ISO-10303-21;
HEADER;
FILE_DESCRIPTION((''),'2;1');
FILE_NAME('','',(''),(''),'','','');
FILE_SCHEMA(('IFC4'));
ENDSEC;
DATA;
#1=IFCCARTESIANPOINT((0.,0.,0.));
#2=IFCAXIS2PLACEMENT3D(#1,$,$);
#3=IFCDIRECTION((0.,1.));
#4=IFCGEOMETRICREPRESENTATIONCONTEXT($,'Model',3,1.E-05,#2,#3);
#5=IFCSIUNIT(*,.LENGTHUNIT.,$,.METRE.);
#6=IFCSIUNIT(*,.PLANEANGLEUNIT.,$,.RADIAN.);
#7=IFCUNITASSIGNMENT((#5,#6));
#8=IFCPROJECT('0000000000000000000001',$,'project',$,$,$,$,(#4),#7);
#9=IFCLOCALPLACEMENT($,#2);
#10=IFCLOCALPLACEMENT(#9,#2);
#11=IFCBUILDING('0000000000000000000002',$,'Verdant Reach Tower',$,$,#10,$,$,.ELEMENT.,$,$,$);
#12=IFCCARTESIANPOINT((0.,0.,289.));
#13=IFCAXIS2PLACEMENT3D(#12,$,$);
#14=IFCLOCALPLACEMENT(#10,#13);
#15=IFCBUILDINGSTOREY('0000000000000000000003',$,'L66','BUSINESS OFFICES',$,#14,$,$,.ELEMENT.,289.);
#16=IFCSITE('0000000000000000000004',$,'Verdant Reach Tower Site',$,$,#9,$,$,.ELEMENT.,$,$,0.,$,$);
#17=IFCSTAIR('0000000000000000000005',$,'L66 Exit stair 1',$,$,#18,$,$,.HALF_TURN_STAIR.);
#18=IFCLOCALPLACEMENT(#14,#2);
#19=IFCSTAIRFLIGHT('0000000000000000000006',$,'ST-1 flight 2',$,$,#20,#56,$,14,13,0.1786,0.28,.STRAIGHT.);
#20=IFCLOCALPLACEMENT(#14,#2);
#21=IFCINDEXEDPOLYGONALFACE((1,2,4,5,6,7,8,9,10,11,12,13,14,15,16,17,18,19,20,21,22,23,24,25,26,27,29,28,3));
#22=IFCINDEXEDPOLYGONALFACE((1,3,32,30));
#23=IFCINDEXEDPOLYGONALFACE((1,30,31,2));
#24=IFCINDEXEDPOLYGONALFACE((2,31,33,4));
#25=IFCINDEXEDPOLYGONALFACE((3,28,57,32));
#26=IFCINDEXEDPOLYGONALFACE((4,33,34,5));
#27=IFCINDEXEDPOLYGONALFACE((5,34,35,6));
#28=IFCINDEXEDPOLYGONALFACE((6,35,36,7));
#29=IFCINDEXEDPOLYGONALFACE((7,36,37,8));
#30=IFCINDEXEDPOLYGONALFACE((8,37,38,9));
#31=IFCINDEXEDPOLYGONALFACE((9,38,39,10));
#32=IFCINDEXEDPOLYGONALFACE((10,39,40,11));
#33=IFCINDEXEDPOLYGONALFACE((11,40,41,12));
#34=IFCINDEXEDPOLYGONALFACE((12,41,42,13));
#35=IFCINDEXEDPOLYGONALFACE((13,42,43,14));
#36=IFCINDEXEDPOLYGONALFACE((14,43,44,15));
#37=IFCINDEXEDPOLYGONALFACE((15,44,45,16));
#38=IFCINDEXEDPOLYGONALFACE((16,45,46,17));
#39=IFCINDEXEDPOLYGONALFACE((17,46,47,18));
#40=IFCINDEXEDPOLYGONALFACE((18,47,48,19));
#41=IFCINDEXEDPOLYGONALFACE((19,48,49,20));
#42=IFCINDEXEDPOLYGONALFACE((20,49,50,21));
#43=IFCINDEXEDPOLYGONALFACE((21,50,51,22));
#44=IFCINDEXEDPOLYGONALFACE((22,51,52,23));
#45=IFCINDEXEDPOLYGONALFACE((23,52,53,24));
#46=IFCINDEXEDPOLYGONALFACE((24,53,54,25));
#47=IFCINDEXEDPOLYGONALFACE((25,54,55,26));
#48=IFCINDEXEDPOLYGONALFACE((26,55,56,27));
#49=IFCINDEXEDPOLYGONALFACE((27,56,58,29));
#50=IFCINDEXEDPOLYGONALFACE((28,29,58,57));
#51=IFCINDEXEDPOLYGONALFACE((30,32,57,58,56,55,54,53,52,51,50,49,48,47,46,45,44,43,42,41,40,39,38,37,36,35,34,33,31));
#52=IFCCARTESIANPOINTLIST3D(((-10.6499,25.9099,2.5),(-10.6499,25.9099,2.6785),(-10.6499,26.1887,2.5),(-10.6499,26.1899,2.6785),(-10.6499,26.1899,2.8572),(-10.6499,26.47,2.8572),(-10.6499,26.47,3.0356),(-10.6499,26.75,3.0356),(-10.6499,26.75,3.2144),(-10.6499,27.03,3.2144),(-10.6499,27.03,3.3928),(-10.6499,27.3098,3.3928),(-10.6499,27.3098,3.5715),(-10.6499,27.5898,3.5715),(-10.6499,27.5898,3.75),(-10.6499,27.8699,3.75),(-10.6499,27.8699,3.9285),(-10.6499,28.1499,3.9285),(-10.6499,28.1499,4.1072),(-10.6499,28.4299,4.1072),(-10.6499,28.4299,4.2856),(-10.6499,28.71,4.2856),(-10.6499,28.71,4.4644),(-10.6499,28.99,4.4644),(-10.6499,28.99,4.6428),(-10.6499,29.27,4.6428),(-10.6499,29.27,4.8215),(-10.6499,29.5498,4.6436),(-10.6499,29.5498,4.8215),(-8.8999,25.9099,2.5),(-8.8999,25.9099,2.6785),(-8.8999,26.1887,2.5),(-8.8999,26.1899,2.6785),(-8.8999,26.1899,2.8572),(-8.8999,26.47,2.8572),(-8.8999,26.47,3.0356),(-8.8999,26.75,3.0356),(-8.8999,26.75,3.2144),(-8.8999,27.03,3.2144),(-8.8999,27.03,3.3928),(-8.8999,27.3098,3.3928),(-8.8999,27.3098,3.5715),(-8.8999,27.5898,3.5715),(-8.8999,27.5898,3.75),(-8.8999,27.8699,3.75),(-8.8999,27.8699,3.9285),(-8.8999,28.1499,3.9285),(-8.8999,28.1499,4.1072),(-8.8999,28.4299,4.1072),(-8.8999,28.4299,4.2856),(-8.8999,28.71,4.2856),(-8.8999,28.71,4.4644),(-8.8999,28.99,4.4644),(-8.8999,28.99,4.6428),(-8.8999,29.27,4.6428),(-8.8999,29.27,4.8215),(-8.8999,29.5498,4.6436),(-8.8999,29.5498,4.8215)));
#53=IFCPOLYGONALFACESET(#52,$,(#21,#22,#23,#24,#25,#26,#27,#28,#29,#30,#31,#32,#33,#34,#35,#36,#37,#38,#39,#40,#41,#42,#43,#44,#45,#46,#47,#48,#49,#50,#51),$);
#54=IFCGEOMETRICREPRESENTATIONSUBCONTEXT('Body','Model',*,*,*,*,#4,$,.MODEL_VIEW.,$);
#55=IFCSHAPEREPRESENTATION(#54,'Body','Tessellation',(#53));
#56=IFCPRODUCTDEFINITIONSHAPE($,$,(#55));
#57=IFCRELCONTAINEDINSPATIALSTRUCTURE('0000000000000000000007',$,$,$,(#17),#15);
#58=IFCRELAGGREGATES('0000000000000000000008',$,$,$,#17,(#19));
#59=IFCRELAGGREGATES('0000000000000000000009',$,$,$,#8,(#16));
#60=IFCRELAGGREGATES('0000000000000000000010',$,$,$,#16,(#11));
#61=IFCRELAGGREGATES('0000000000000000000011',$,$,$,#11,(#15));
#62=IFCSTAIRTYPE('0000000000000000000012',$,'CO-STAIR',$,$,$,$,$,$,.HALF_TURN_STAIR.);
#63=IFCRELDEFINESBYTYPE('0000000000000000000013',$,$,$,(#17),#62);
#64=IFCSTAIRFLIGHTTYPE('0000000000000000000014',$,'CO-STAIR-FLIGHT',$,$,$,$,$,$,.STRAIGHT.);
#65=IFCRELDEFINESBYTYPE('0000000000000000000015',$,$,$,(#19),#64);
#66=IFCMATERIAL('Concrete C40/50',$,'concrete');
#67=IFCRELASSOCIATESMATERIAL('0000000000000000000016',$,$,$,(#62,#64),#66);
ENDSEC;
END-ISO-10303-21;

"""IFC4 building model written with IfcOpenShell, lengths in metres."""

from ifc_helpers import new_model, si_unit, direction, frame, origin, place, context, subcontext, project, spatial, polyline, outline, extrude, material, type_object, element, aggregate, save


model = new_model("IFC4")

# Units and contexts
model_context = context("Model", 3, precision=1e-05, world=origin(), true_north=direction((0.0, 1.0)))
body_context = subcontext(model_context, "Body", "Model", "MODEL_VIEW")
ifc_project = project(units=[si_unit("LENGTHUNIT", "METRE"), si_unit("PLANEANGLEUNIT", "RADIAN")], contexts=[model_context])

# Site, building, storey
site_placement = place(None, origin())
site = spatial("IfcSite", under=ifc_project, at=site_placement, Name="Verdant Reach Tower Site", CompositionType="ELEMENT", RefElevation=0.0)
building_placement = place(site_placement, origin())
building = spatial("IfcBuilding", under=site, at=building_placement, Name="Verdant Reach Tower", CompositionType="ELEMENT")
storey_placement = place(building_placement, frame((0.0, 0.0, 289.0)))
storey = spatial("IfcBuildingStorey", under=building, at=storey_placement, Name="L66", Description="BUSINESS OFFICES", CompositionType="ELEMENT", Elevation=289.0)

# Shared definitions
ifc_material_1 = material(Name="Concrete C40/50", Category="concrete")

# Stair, stair flight
stair_type = type_object("IfcStairType", Name="CO-STAIR", PredefinedType="HALF_TURN_STAIR", material=ifc_material_1)
stair_placement = place(storey_placement, origin())
stair = element("IfcStair", 1, at=stair_placement, inside=storey, type_object=stair_type, Name="L66 Exit stair 1", PredefinedType="HALF_TURN_STAIR")
stair_flight_type = type_object("IfcStairFlightType", Name="CO-STAIR-FLIGHT", PredefinedType="STRAIGHT", material=ifc_material_1)
stair_flight_placement = place(storey_placement, frame((-9.7749, 25.9099, 2.5), z_axis=(0.0, 0.0, 1.0), x_axis=(0.0, 1.0, 0.0)))
stair_flight = element("IfcStairFlight", 2, at=stair_flight_placement, type_object=stair_flight_type, Name="ST-1 flight 2", NumberOfRisers=14, NumberOfTreads=13, PredefinedType="STRAIGHT", RiserHeight=0.1786, TreadLength=0.28, context=body_context, shape_type="SweptSolid", body=[
    extrude(outline(polyline([(0.0, 0.0), (0.0, 0.1785), (0.28, 0.1785), (0.28, 0.3572), (0.5601, 0.3572), (0.5601, 0.5356), (0.8401, 0.5356), (0.8401, 0.7144), (1.1201, 0.7144), (1.1201, 0.8928), (1.3999, 0.8928), (1.3999, 1.0715), (1.6799, 1.0715), (1.6799, 1.25), (1.96, 1.25), (1.96, 1.4285), (2.24, 1.4285), (2.24, 1.6072), (2.52, 1.6072), (2.52, 1.7856), (2.8, 1.7856), (2.8, 1.9644), (3.0801, 1.9644), (3.0801, 2.1428), (3.3601, 2.1428), (3.3601, 2.3215), (3.6399, 2.3215), (3.6399, 2.5), (3.6399, 2.1436), (0.2788, 0.0), (0.0, 0.0)])), frame((0.0, 0.875, 0.0), z_axis=(0.0, -1.0, 0.0), x_axis=(1.0, 0.0, 0.0)), (0.0, 0.0, 1.0), 1.75),
])
aggregate(stair, [stair_flight])

save(model, "model.ifc")
